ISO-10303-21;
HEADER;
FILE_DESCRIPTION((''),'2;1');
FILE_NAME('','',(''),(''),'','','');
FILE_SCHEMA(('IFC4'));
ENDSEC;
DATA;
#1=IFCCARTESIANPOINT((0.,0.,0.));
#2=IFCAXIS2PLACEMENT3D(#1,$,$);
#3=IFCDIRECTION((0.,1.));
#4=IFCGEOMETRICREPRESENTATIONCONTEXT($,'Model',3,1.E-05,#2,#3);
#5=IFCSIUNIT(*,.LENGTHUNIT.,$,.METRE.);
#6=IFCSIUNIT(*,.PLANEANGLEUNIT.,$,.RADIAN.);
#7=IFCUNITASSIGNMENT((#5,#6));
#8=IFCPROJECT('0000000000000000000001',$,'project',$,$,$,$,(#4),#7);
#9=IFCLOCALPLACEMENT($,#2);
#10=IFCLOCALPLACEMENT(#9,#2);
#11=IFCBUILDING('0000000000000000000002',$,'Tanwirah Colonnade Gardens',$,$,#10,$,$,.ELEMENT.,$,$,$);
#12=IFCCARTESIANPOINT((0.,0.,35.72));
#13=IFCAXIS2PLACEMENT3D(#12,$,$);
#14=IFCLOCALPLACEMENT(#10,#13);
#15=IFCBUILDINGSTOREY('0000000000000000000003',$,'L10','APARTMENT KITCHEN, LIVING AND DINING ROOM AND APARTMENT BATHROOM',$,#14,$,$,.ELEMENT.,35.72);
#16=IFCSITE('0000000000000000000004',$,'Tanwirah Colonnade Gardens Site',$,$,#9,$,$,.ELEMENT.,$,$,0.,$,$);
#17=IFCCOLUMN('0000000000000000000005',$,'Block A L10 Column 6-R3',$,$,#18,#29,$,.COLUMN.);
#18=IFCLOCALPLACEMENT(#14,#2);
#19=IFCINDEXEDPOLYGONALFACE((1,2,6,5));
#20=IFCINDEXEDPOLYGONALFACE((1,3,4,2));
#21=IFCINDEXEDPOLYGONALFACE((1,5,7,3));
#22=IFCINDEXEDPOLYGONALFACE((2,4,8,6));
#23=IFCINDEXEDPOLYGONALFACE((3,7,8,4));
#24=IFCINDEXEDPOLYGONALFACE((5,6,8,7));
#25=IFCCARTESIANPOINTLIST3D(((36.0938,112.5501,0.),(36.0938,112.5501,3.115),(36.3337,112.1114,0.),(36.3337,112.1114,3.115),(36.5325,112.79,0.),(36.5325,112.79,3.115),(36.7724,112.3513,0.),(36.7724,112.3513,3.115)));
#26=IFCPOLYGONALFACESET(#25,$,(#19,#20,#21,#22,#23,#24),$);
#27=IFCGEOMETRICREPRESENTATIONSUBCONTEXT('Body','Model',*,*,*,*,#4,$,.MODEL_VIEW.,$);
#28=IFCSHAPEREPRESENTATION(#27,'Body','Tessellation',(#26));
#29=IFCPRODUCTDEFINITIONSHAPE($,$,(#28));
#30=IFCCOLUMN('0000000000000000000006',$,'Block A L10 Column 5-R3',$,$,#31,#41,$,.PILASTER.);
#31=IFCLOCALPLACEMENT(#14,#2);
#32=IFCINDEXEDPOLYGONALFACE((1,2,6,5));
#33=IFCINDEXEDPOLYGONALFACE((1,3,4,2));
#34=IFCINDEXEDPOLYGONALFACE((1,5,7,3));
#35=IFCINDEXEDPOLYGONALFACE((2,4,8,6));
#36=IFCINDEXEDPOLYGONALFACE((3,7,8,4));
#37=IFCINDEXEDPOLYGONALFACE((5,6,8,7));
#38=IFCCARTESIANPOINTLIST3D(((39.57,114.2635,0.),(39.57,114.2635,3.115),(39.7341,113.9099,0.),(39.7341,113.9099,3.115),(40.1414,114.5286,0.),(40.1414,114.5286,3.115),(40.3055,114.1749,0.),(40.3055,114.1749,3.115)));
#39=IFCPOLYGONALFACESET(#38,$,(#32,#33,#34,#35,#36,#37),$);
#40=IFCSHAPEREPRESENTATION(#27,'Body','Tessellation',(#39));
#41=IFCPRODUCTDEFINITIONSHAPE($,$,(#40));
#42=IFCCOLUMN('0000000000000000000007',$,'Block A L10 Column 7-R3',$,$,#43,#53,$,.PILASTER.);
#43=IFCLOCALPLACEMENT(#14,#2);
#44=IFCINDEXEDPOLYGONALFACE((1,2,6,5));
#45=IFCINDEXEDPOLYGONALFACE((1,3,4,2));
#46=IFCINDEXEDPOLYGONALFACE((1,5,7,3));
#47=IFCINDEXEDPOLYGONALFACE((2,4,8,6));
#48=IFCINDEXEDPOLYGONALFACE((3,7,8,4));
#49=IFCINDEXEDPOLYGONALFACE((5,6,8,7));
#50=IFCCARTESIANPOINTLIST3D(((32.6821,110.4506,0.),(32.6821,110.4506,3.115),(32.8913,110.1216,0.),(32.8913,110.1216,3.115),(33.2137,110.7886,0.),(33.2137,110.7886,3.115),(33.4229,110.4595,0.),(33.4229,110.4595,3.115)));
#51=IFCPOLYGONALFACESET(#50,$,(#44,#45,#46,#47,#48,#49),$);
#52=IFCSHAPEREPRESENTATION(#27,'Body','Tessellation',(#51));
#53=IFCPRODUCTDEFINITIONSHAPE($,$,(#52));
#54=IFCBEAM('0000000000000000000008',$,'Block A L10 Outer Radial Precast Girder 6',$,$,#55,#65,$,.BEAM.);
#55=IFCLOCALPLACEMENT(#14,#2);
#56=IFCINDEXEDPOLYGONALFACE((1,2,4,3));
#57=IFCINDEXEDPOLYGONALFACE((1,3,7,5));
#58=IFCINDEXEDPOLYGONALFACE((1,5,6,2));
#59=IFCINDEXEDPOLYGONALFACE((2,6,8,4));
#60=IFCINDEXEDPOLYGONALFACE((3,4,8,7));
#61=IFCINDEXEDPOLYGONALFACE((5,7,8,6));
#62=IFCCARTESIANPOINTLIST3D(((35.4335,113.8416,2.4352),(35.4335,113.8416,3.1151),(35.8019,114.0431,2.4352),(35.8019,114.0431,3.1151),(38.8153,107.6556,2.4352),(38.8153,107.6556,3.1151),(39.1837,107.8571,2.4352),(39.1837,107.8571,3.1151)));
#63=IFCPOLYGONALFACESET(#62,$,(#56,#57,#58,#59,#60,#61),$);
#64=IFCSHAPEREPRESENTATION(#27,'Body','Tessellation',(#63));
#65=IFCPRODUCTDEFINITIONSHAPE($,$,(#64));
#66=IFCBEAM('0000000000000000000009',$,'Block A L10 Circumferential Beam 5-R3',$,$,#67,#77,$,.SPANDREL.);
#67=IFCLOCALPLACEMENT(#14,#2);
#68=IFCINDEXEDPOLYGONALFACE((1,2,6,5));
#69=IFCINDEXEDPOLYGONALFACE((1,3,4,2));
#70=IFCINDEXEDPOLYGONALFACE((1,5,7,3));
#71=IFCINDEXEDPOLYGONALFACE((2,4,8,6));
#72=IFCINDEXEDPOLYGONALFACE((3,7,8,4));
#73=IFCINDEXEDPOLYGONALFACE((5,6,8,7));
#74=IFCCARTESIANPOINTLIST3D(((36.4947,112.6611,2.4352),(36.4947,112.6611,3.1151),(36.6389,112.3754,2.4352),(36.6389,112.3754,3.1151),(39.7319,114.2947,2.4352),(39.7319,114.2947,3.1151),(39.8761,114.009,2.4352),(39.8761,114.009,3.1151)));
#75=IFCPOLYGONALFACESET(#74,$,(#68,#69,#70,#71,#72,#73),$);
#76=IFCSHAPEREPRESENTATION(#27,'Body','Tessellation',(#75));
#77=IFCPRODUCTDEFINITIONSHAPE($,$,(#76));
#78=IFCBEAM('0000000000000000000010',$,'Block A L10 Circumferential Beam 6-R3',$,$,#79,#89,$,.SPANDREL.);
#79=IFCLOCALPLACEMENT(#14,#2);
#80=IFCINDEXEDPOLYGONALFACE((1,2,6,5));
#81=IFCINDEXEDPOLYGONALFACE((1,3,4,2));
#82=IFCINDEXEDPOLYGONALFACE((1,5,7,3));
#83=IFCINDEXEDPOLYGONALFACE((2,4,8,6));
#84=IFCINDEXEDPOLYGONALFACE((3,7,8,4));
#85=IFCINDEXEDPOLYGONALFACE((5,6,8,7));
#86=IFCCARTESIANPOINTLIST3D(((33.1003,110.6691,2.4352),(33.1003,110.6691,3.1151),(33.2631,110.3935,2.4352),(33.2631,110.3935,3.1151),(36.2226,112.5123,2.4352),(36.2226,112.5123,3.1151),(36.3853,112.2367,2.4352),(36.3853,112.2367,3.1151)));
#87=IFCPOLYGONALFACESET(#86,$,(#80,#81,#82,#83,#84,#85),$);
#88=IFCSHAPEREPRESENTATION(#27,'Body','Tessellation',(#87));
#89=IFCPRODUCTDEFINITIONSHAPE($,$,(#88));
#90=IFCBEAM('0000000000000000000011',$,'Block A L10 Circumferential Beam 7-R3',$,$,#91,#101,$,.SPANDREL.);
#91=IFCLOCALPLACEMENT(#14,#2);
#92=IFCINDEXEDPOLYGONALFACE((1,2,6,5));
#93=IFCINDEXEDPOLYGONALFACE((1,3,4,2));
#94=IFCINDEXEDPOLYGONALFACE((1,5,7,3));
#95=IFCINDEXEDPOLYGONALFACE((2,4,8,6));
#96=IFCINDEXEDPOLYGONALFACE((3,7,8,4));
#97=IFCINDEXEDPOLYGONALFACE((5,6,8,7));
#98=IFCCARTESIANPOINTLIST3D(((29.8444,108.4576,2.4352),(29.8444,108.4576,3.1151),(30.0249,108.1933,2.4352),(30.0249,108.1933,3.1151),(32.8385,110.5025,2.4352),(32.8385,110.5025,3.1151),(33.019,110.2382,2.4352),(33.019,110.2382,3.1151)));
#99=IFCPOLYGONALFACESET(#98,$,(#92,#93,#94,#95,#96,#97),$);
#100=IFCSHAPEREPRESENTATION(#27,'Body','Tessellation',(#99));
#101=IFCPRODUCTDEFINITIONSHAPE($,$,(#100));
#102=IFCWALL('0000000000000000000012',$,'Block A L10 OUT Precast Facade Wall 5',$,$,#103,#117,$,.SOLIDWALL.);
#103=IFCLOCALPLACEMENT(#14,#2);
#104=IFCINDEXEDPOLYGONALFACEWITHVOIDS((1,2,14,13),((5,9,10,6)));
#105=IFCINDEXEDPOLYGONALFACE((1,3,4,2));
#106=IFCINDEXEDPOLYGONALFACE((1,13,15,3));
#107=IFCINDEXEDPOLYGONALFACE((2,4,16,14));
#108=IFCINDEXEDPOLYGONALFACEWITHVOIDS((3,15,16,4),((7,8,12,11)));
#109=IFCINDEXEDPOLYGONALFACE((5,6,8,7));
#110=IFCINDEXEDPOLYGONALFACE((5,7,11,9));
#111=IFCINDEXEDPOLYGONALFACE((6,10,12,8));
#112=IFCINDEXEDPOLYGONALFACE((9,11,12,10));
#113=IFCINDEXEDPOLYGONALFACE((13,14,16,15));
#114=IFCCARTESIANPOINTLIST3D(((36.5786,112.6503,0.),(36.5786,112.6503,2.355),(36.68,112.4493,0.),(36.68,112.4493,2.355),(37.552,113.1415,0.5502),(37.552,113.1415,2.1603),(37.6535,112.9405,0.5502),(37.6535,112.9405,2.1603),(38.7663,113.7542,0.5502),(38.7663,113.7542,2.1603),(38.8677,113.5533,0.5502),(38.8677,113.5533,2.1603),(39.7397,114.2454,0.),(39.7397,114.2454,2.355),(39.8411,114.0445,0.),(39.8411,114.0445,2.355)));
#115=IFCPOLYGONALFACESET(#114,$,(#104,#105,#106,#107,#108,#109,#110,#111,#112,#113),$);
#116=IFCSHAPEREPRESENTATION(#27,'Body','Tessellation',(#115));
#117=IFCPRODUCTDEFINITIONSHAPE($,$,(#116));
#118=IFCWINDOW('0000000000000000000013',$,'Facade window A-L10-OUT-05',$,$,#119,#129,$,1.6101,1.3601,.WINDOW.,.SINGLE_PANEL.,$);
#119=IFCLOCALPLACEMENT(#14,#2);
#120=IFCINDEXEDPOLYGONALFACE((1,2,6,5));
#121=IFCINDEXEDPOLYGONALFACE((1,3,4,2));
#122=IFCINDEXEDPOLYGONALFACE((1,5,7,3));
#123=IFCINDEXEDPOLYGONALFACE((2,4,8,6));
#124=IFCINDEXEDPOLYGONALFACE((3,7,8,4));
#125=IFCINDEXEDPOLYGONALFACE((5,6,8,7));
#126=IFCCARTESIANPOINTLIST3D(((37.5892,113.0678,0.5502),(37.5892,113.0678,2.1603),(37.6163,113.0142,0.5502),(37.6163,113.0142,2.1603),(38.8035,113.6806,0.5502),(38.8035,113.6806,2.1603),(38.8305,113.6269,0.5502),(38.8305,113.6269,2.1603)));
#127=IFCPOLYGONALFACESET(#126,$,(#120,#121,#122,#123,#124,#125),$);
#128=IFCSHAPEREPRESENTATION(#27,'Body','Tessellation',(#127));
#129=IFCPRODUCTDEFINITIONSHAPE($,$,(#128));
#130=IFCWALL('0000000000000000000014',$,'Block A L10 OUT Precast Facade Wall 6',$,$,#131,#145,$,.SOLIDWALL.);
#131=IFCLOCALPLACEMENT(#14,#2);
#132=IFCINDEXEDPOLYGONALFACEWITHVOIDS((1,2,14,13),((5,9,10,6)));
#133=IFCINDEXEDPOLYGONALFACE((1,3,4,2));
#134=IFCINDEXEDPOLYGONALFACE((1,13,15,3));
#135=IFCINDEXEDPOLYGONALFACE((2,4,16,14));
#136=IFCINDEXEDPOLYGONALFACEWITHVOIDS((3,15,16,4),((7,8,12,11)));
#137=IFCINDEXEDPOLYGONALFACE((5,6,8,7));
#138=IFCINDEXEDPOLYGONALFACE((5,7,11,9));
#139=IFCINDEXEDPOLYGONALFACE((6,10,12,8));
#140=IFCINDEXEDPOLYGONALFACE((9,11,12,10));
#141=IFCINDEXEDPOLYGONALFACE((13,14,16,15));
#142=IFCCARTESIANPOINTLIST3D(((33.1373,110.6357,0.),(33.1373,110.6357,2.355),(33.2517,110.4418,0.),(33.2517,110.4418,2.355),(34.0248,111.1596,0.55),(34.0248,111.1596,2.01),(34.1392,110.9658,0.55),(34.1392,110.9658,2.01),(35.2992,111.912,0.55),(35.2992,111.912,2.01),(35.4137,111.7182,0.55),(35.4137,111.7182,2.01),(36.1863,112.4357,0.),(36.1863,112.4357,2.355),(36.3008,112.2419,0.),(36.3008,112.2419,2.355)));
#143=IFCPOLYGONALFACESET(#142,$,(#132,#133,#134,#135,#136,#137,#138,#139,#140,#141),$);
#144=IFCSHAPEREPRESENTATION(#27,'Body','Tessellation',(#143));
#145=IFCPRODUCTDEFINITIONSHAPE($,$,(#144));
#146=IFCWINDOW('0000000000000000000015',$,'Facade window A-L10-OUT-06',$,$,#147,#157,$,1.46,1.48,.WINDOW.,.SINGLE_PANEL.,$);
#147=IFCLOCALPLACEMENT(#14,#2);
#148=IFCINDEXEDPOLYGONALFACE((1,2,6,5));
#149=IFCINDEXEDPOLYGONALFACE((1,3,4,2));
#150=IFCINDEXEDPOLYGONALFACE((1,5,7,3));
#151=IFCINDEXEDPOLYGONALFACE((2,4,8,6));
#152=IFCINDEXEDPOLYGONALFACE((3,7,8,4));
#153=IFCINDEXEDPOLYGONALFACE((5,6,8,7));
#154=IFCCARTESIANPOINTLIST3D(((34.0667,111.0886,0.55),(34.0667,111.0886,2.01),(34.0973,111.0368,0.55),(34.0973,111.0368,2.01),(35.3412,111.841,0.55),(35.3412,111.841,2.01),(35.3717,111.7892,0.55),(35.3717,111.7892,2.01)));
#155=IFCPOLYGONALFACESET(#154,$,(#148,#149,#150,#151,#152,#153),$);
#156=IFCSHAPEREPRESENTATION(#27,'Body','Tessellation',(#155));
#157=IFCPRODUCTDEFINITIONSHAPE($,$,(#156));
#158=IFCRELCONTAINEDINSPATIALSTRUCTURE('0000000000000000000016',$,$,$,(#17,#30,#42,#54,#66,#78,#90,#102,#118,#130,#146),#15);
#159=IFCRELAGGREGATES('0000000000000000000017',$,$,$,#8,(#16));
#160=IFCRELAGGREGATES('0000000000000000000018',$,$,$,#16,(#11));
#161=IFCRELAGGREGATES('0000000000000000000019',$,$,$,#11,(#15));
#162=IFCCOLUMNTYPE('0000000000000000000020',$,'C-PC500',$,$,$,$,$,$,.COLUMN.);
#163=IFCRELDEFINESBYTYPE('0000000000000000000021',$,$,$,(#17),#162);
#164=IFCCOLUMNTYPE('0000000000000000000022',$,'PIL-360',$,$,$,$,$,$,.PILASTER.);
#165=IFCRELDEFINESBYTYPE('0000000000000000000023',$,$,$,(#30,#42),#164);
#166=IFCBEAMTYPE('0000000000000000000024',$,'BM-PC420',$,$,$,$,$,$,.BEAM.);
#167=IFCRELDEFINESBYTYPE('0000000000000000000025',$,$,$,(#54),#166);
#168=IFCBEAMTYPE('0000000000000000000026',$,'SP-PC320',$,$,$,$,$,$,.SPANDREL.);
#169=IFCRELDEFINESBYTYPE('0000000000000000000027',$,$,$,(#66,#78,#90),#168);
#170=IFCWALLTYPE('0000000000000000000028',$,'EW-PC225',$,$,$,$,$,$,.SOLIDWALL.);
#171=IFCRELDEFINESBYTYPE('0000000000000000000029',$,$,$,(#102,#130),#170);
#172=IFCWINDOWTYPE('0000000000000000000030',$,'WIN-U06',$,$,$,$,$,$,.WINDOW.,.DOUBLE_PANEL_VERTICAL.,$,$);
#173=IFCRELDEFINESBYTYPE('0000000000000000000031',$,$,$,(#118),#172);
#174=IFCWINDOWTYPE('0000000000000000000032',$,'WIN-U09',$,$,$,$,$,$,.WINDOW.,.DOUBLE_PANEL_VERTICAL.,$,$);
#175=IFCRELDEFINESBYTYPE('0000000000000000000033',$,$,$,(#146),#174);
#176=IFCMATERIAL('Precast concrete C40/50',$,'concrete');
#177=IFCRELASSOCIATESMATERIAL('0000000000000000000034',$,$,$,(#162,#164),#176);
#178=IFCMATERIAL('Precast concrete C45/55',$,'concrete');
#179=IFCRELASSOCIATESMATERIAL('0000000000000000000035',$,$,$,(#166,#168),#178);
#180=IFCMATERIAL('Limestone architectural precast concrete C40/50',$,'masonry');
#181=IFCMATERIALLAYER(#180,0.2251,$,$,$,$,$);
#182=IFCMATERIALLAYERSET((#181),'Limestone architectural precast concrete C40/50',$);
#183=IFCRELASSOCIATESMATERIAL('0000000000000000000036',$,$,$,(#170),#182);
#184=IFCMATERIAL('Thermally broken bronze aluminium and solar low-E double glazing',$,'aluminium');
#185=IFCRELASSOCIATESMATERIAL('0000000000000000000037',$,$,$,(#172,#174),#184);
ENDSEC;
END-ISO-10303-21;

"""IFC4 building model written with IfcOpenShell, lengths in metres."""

from ifc_helpers import new_model, si_unit, direction, frame, frame_2d, origin, origin_2d, place, context, subcontext, project, spatial, rectangle, extrude, material, layer, layer_set, material_profile, profile_set, type_object, element, fill, save


model = new_model("IFC4")

# Units and contexts
model_context = context("Model", 3, precision=1e-05, world=origin(), true_north=direction((0.0, 1.0)))
body_context = subcontext(model_context, "Body", "Model", "MODEL_VIEW")
ifc_project = project(units=[si_unit("LENGTHUNIT", "METRE"), si_unit("PLANEANGLEUNIT", "RADIAN")], contexts=[model_context])

# Site, building, storey
site_placement = place(None, origin())
site = spatial("IfcSite", under=ifc_project, at=site_placement, Name="Tanwirah Colonnade Gardens Site", CompositionType="ELEMENT", RefElevation=0.0)
building_placement = place(site_placement, origin())
building = spatial("IfcBuilding", under=site, at=building_placement, Name="Tanwirah Colonnade Gardens", CompositionType="ELEMENT")
storey_placement = place(building_placement, frame((0.0, 0.0, 35.72)))
storey = spatial("IfcBuildingStorey", under=building, at=storey_placement, Name="L10", Description="APARTMENT KITCHEN, LIVING AND DINING ROOM AND APARTMENT BATHROOM", CompositionType="ELEMENT", Elevation=35.72)

# Columns
ifc_material_1 = material(Name="Precast concrete C40/50", Category="concrete")
ifc_material_profile_1 = material_profile(ifc_material_1, rectangle(XDim=0.5, YDim=0.5, at=origin_2d()), Name="PC-COL 500x500")
ifc_profile_set_1 = profile_set([ifc_material_profile_1], Name="Precast concrete C40/50")
column_type_1 = type_object("IfcColumnType", Name="C-PC500", PredefinedType="COLUMN", material=ifc_profile_set_1)
column_placement = place(storey_placement, frame((36.4331, 112.4507, 0.0), z_axis=(0.0, 0.0, 1.0), x_axis=(-0.479713, 0.877425, 0.0)))
element("IfcColumn", 1, at=column_placement, inside=storey, type_object=column_type_1, Name="Block A L10 Column 6-R3", PredefinedType="COLUMN", context=body_context, shape_type="SweptSolid", body=[
    extrude(rectangle(XDim=0.5, YDim=0.5, at=origin_2d()), origin(), (0.0, 0.0, 1.0), 3.115),
])
ifc_material_profile_2 = material_profile(ifc_material_1, rectangle(XDim=0.3899, YDim=0.6299, at=origin_2d()), Name="PC-PIL 390x630")
ifc_profile_set_2 = profile_set([ifc_material_profile_2], Name="Precast concrete C40/50")
column_type_2 = type_object("IfcColumnType", Name="PIL-360", PredefinedType="PILASTER", material=ifc_profile_set_2)
for number, where, z_axis, x_axis, name in (
    (2, (39.9377, 114.2192, 0.0), (0.0, 0.0, 1.0), (-0.42086, 0.907126, 0.0), "Block A L10 Column 5-R3"),
    (3, (33.0525, 110.4551, 0.0), (0.0, 0.0, 1.0), (-0.536482, 0.843912, 0.0), "Block A L10 Column 7-R3"),
):
    element("IfcColumn", number, at=place(storey_placement, frame(where, z_axis=z_axis, x_axis=x_axis)), inside=storey, type_object=column_type_2, Name=name, PredefinedType="PILASTER", context=body_context, shape_type="SweptSolid", body=[
        extrude(rectangle(XDim=0.3899, YDim=0.6299, at=origin_2d()), origin(), (0.0, 0.0, 1.0), 3.115),
    ])

# Beams
ifc_material_2 = material(Name="Precast concrete C45/55", Category="concrete")
ifc_material_profile_3 = material_profile(ifc_material_2, rectangle(XDim=0.4199, YDim=0.6799, at=origin_2d()), Name="PC-BM 420x680")
ifc_profile_set_3 = profile_set([ifc_material_profile_3], Name="Precast concrete C45/55")
beam_type_1 = type_object("IfcBeamType", Name="BM-PC420", PredefinedType="BEAM", material=ifc_profile_set_3)
beam_1_placement = place(storey_placement, frame((38.9995, 107.7563, 2.7751), z_axis=(-0.479687, 0.87744, 0.0), x_axis=(-0.87744, -0.479687, 0.0)))
element("IfcBeam", 4, at=beam_1_placement, inside=storey, type_object=beam_type_1, Name="Block A L10 Outer Radial Precast Girder 6", PredefinedType="BEAM", context=body_context, shape_type="SweptSolid", body=[
    extrude(rectangle(XDim=0.4199, YDim=0.6799, at=origin_2d()), origin(), (0.0, 0.0, 1.0), 7.05),
])
ifc_material_profile_4 = material_profile(ifc_material_2, rectangle(XDim=0.3201, YDim=0.6799, at=origin_2d()), Name="PC-SP 320x680")
ifc_profile_set_4 = profile_set([ifc_material_profile_4], Name="Precast concrete C45/55")
beam_type_2 = type_object("IfcBeamType", Name="SP-PC320", PredefinedType="SPANDREL", material=ifc_profile_set_4)
beam_2_placement = place(storey_placement, frame((39.804, 114.1519, 2.7751), z_axis=(-0.892765, -0.450523, 0.0), x_axis=(0.450523, -0.892765, 0.0)))
element("IfcBeam", 5, at=beam_2_placement, inside=storey, type_object=beam_type_2, Name="Block A L10 Circumferential Beam 5-R3", PredefinedType="SPANDREL", context=body_context, shape_type="SweptSolid", body=[
    extrude(rectangle(XDim=0.3201, YDim=0.6799, at=origin_2d()), origin(), (0.0, 0.0, 1.0), 3.626),
])
for number, where, z_axis, x_axis, name in (
    (6, (36.304, 112.3745, 2.7751), (-0.861137, -0.508373, 0.0), (0.508373, -0.861137, 0.0), "Block A L10 Circumferential Beam 6-R3"),
    (7, (32.9287, 110.3704, 2.7751), (-0.825783, -0.563989, 0.0), (0.563989, -0.825783, 0.0), "Block A L10 Circumferential Beam 7-R3"),
):
    element("IfcBeam", number, at=place(storey_placement, frame(where, z_axis=z_axis, x_axis=x_axis)), inside=storey, type_object=beam_type_2, Name=name, PredefinedType="SPANDREL", context=body_context, shape_type="SweptSolid", body=[
        extrude(rectangle(XDim=0.3201, YDim=0.6799, at=origin_2d()), origin(), (0.0, 0.0, 1.0), 3.6257),
    ])

# Walls, openings, windows
ifc_material_3 = material(Name="Limestone architectural precast concrete C40/50", Category="masonry")
ifc_layer_1 = layer(ifc_material_3, 0.2251)
ifc_layer_set_1 = layer_set([ifc_layer_1], Name="Limestone architectural precast concrete C40/50")
wall_type_1 = type_object("IfcWallType", Name="EW-PC225", PredefinedType="SOLIDWALL", material=ifc_layer_set_1)
wall_1_placement = place(storey_placement, frame((39.7905, 114.145, 0.0), z_axis=(0.0, 0.0, 1.0), x_axis=(-0.892766, -0.45052, 0.0)))
wall_1 = element("IfcWall", 8, at=wall_1_placement, inside=storey, type_object=wall_type_1, Name="Block A L10 OUT Precast Facade Wall 5", PredefinedType="SOLIDWALL", context=body_context, shape_type="SweptSolid", body=[
    extrude(rectangle(XDim=3.5408, YDim=0.2251, at=frame_2d((1.7705, 0.0))), origin(), (0.0, 0.0, 1.0), 2.355),
])
opening_1_placement = place(wall_1_placement, frame((1.0903, 0.0, 0.55)))
opening_1 = element("IfcOpeningElement", 9, at=opening_1_placement, cuts=wall_1, PredefinedType="OPENING", context=body_context, shape_type="SweptSolid", body=[
    extrude(rectangle(XDim=1.3601, YDim=1.6101, at=frame_2d((0.6802, 0.8052))), frame((0.0, 0.1226, 0.0), z_axis=(0.0, -1.0, 0.0), x_axis=(1.0, 0.0, 0.0)), (0.0, 0.0, 1.0), 0.2451),
])
ifc_material_4 = material(Name="Thermally broken bronze aluminium and solar low-E double glazing", Category="aluminium")
window_type_1 = type_object("IfcWindowType", Name="WIN-U06", PartitioningType="DOUBLE_PANEL_VERTICAL", PredefinedType="WINDOW", material=ifc_material_4)
window_1_placement = place(opening_1_placement, origin())
window_1 = element("IfcWindow", 10, at=window_1_placement, inside=storey, type_object=window_type_1, Name="Facade window A-L10-OUT-05", OverallHeight=1.6101, OverallWidth=1.3601, PartitioningType="SINGLE_PANEL", PredefinedType="WINDOW", context=body_context, shape_type="SweptSolid", body=[
    extrude(rectangle(XDim=1.3601, YDim=1.6101, at=frame_2d((0.6802, 0.8052))), frame((0.0, 0.03, 0.0), z_axis=(0.0, -1.0, 0.0), x_axis=(1.0, 0.0, 0.0)), (0.0, 0.0, 1.0), 0.0601),
])
fill(opening_1, window_1)
wall_2_placement = place(storey_placement, frame((36.2437, 112.3389, 0.0), z_axis=(0.0, 0.0, 1.0), x_axis=(-0.861134, -0.508378, 0.0)))
wall_2 = element("IfcWall", 11, at=wall_2_placement, inside=storey, type_object=wall_type_1, Name="Block A L10 OUT Precast Facade Wall 6", PredefinedType="SOLIDWALL", context=body_context, shape_type="SweptSolid", body=[
    extrude(rectangle(XDim=3.5408, YDim=0.2251, at=frame_2d((1.7705, 0.0))), origin(), (0.0, 0.0, 1.0), 2.355),
])
opening_2_placement = place(wall_2_placement, frame((1.0303, 0.0, 0.55)))
opening_2 = element("IfcOpeningElement", 12, at=opening_2_placement, cuts=wall_2, PredefinedType="OPENING", context=body_context, shape_type="SweptSolid", body=[
    extrude(rectangle(XDim=1.48, YDim=1.46, at=frame_2d((0.74, 0.73))), frame((0.0, 0.1226, 0.0), z_axis=(0.0, -1.0, 0.0), x_axis=(1.0, 0.0, 0.0)), (0.0, 0.0, 1.0), 0.2451),
])
window_type_2 = type_object("IfcWindowType", Name="WIN-U09", PartitioningType="DOUBLE_PANEL_VERTICAL", PredefinedType="WINDOW", material=ifc_material_4)
window_2_placement = place(opening_2_placement, origin())
window_2 = element("IfcWindow", 13, at=window_2_placement, inside=storey, type_object=window_type_2, Name="Facade window A-L10-OUT-06", OverallHeight=1.46, OverallWidth=1.48, PartitioningType="SINGLE_PANEL", PredefinedType="WINDOW", context=body_context, shape_type="SweptSolid", body=[
    extrude(rectangle(XDim=1.48, YDim=1.46, at=frame_2d((0.74, 0.73))), frame((0.0, 0.03, 0.0), z_axis=(0.0, -1.0, 0.0), x_axis=(1.0, 0.0, 0.0)), (0.0, 0.0, 1.0), 0.0601),
])
fill(opening_2, window_2)

save(model, "model.ifc")
